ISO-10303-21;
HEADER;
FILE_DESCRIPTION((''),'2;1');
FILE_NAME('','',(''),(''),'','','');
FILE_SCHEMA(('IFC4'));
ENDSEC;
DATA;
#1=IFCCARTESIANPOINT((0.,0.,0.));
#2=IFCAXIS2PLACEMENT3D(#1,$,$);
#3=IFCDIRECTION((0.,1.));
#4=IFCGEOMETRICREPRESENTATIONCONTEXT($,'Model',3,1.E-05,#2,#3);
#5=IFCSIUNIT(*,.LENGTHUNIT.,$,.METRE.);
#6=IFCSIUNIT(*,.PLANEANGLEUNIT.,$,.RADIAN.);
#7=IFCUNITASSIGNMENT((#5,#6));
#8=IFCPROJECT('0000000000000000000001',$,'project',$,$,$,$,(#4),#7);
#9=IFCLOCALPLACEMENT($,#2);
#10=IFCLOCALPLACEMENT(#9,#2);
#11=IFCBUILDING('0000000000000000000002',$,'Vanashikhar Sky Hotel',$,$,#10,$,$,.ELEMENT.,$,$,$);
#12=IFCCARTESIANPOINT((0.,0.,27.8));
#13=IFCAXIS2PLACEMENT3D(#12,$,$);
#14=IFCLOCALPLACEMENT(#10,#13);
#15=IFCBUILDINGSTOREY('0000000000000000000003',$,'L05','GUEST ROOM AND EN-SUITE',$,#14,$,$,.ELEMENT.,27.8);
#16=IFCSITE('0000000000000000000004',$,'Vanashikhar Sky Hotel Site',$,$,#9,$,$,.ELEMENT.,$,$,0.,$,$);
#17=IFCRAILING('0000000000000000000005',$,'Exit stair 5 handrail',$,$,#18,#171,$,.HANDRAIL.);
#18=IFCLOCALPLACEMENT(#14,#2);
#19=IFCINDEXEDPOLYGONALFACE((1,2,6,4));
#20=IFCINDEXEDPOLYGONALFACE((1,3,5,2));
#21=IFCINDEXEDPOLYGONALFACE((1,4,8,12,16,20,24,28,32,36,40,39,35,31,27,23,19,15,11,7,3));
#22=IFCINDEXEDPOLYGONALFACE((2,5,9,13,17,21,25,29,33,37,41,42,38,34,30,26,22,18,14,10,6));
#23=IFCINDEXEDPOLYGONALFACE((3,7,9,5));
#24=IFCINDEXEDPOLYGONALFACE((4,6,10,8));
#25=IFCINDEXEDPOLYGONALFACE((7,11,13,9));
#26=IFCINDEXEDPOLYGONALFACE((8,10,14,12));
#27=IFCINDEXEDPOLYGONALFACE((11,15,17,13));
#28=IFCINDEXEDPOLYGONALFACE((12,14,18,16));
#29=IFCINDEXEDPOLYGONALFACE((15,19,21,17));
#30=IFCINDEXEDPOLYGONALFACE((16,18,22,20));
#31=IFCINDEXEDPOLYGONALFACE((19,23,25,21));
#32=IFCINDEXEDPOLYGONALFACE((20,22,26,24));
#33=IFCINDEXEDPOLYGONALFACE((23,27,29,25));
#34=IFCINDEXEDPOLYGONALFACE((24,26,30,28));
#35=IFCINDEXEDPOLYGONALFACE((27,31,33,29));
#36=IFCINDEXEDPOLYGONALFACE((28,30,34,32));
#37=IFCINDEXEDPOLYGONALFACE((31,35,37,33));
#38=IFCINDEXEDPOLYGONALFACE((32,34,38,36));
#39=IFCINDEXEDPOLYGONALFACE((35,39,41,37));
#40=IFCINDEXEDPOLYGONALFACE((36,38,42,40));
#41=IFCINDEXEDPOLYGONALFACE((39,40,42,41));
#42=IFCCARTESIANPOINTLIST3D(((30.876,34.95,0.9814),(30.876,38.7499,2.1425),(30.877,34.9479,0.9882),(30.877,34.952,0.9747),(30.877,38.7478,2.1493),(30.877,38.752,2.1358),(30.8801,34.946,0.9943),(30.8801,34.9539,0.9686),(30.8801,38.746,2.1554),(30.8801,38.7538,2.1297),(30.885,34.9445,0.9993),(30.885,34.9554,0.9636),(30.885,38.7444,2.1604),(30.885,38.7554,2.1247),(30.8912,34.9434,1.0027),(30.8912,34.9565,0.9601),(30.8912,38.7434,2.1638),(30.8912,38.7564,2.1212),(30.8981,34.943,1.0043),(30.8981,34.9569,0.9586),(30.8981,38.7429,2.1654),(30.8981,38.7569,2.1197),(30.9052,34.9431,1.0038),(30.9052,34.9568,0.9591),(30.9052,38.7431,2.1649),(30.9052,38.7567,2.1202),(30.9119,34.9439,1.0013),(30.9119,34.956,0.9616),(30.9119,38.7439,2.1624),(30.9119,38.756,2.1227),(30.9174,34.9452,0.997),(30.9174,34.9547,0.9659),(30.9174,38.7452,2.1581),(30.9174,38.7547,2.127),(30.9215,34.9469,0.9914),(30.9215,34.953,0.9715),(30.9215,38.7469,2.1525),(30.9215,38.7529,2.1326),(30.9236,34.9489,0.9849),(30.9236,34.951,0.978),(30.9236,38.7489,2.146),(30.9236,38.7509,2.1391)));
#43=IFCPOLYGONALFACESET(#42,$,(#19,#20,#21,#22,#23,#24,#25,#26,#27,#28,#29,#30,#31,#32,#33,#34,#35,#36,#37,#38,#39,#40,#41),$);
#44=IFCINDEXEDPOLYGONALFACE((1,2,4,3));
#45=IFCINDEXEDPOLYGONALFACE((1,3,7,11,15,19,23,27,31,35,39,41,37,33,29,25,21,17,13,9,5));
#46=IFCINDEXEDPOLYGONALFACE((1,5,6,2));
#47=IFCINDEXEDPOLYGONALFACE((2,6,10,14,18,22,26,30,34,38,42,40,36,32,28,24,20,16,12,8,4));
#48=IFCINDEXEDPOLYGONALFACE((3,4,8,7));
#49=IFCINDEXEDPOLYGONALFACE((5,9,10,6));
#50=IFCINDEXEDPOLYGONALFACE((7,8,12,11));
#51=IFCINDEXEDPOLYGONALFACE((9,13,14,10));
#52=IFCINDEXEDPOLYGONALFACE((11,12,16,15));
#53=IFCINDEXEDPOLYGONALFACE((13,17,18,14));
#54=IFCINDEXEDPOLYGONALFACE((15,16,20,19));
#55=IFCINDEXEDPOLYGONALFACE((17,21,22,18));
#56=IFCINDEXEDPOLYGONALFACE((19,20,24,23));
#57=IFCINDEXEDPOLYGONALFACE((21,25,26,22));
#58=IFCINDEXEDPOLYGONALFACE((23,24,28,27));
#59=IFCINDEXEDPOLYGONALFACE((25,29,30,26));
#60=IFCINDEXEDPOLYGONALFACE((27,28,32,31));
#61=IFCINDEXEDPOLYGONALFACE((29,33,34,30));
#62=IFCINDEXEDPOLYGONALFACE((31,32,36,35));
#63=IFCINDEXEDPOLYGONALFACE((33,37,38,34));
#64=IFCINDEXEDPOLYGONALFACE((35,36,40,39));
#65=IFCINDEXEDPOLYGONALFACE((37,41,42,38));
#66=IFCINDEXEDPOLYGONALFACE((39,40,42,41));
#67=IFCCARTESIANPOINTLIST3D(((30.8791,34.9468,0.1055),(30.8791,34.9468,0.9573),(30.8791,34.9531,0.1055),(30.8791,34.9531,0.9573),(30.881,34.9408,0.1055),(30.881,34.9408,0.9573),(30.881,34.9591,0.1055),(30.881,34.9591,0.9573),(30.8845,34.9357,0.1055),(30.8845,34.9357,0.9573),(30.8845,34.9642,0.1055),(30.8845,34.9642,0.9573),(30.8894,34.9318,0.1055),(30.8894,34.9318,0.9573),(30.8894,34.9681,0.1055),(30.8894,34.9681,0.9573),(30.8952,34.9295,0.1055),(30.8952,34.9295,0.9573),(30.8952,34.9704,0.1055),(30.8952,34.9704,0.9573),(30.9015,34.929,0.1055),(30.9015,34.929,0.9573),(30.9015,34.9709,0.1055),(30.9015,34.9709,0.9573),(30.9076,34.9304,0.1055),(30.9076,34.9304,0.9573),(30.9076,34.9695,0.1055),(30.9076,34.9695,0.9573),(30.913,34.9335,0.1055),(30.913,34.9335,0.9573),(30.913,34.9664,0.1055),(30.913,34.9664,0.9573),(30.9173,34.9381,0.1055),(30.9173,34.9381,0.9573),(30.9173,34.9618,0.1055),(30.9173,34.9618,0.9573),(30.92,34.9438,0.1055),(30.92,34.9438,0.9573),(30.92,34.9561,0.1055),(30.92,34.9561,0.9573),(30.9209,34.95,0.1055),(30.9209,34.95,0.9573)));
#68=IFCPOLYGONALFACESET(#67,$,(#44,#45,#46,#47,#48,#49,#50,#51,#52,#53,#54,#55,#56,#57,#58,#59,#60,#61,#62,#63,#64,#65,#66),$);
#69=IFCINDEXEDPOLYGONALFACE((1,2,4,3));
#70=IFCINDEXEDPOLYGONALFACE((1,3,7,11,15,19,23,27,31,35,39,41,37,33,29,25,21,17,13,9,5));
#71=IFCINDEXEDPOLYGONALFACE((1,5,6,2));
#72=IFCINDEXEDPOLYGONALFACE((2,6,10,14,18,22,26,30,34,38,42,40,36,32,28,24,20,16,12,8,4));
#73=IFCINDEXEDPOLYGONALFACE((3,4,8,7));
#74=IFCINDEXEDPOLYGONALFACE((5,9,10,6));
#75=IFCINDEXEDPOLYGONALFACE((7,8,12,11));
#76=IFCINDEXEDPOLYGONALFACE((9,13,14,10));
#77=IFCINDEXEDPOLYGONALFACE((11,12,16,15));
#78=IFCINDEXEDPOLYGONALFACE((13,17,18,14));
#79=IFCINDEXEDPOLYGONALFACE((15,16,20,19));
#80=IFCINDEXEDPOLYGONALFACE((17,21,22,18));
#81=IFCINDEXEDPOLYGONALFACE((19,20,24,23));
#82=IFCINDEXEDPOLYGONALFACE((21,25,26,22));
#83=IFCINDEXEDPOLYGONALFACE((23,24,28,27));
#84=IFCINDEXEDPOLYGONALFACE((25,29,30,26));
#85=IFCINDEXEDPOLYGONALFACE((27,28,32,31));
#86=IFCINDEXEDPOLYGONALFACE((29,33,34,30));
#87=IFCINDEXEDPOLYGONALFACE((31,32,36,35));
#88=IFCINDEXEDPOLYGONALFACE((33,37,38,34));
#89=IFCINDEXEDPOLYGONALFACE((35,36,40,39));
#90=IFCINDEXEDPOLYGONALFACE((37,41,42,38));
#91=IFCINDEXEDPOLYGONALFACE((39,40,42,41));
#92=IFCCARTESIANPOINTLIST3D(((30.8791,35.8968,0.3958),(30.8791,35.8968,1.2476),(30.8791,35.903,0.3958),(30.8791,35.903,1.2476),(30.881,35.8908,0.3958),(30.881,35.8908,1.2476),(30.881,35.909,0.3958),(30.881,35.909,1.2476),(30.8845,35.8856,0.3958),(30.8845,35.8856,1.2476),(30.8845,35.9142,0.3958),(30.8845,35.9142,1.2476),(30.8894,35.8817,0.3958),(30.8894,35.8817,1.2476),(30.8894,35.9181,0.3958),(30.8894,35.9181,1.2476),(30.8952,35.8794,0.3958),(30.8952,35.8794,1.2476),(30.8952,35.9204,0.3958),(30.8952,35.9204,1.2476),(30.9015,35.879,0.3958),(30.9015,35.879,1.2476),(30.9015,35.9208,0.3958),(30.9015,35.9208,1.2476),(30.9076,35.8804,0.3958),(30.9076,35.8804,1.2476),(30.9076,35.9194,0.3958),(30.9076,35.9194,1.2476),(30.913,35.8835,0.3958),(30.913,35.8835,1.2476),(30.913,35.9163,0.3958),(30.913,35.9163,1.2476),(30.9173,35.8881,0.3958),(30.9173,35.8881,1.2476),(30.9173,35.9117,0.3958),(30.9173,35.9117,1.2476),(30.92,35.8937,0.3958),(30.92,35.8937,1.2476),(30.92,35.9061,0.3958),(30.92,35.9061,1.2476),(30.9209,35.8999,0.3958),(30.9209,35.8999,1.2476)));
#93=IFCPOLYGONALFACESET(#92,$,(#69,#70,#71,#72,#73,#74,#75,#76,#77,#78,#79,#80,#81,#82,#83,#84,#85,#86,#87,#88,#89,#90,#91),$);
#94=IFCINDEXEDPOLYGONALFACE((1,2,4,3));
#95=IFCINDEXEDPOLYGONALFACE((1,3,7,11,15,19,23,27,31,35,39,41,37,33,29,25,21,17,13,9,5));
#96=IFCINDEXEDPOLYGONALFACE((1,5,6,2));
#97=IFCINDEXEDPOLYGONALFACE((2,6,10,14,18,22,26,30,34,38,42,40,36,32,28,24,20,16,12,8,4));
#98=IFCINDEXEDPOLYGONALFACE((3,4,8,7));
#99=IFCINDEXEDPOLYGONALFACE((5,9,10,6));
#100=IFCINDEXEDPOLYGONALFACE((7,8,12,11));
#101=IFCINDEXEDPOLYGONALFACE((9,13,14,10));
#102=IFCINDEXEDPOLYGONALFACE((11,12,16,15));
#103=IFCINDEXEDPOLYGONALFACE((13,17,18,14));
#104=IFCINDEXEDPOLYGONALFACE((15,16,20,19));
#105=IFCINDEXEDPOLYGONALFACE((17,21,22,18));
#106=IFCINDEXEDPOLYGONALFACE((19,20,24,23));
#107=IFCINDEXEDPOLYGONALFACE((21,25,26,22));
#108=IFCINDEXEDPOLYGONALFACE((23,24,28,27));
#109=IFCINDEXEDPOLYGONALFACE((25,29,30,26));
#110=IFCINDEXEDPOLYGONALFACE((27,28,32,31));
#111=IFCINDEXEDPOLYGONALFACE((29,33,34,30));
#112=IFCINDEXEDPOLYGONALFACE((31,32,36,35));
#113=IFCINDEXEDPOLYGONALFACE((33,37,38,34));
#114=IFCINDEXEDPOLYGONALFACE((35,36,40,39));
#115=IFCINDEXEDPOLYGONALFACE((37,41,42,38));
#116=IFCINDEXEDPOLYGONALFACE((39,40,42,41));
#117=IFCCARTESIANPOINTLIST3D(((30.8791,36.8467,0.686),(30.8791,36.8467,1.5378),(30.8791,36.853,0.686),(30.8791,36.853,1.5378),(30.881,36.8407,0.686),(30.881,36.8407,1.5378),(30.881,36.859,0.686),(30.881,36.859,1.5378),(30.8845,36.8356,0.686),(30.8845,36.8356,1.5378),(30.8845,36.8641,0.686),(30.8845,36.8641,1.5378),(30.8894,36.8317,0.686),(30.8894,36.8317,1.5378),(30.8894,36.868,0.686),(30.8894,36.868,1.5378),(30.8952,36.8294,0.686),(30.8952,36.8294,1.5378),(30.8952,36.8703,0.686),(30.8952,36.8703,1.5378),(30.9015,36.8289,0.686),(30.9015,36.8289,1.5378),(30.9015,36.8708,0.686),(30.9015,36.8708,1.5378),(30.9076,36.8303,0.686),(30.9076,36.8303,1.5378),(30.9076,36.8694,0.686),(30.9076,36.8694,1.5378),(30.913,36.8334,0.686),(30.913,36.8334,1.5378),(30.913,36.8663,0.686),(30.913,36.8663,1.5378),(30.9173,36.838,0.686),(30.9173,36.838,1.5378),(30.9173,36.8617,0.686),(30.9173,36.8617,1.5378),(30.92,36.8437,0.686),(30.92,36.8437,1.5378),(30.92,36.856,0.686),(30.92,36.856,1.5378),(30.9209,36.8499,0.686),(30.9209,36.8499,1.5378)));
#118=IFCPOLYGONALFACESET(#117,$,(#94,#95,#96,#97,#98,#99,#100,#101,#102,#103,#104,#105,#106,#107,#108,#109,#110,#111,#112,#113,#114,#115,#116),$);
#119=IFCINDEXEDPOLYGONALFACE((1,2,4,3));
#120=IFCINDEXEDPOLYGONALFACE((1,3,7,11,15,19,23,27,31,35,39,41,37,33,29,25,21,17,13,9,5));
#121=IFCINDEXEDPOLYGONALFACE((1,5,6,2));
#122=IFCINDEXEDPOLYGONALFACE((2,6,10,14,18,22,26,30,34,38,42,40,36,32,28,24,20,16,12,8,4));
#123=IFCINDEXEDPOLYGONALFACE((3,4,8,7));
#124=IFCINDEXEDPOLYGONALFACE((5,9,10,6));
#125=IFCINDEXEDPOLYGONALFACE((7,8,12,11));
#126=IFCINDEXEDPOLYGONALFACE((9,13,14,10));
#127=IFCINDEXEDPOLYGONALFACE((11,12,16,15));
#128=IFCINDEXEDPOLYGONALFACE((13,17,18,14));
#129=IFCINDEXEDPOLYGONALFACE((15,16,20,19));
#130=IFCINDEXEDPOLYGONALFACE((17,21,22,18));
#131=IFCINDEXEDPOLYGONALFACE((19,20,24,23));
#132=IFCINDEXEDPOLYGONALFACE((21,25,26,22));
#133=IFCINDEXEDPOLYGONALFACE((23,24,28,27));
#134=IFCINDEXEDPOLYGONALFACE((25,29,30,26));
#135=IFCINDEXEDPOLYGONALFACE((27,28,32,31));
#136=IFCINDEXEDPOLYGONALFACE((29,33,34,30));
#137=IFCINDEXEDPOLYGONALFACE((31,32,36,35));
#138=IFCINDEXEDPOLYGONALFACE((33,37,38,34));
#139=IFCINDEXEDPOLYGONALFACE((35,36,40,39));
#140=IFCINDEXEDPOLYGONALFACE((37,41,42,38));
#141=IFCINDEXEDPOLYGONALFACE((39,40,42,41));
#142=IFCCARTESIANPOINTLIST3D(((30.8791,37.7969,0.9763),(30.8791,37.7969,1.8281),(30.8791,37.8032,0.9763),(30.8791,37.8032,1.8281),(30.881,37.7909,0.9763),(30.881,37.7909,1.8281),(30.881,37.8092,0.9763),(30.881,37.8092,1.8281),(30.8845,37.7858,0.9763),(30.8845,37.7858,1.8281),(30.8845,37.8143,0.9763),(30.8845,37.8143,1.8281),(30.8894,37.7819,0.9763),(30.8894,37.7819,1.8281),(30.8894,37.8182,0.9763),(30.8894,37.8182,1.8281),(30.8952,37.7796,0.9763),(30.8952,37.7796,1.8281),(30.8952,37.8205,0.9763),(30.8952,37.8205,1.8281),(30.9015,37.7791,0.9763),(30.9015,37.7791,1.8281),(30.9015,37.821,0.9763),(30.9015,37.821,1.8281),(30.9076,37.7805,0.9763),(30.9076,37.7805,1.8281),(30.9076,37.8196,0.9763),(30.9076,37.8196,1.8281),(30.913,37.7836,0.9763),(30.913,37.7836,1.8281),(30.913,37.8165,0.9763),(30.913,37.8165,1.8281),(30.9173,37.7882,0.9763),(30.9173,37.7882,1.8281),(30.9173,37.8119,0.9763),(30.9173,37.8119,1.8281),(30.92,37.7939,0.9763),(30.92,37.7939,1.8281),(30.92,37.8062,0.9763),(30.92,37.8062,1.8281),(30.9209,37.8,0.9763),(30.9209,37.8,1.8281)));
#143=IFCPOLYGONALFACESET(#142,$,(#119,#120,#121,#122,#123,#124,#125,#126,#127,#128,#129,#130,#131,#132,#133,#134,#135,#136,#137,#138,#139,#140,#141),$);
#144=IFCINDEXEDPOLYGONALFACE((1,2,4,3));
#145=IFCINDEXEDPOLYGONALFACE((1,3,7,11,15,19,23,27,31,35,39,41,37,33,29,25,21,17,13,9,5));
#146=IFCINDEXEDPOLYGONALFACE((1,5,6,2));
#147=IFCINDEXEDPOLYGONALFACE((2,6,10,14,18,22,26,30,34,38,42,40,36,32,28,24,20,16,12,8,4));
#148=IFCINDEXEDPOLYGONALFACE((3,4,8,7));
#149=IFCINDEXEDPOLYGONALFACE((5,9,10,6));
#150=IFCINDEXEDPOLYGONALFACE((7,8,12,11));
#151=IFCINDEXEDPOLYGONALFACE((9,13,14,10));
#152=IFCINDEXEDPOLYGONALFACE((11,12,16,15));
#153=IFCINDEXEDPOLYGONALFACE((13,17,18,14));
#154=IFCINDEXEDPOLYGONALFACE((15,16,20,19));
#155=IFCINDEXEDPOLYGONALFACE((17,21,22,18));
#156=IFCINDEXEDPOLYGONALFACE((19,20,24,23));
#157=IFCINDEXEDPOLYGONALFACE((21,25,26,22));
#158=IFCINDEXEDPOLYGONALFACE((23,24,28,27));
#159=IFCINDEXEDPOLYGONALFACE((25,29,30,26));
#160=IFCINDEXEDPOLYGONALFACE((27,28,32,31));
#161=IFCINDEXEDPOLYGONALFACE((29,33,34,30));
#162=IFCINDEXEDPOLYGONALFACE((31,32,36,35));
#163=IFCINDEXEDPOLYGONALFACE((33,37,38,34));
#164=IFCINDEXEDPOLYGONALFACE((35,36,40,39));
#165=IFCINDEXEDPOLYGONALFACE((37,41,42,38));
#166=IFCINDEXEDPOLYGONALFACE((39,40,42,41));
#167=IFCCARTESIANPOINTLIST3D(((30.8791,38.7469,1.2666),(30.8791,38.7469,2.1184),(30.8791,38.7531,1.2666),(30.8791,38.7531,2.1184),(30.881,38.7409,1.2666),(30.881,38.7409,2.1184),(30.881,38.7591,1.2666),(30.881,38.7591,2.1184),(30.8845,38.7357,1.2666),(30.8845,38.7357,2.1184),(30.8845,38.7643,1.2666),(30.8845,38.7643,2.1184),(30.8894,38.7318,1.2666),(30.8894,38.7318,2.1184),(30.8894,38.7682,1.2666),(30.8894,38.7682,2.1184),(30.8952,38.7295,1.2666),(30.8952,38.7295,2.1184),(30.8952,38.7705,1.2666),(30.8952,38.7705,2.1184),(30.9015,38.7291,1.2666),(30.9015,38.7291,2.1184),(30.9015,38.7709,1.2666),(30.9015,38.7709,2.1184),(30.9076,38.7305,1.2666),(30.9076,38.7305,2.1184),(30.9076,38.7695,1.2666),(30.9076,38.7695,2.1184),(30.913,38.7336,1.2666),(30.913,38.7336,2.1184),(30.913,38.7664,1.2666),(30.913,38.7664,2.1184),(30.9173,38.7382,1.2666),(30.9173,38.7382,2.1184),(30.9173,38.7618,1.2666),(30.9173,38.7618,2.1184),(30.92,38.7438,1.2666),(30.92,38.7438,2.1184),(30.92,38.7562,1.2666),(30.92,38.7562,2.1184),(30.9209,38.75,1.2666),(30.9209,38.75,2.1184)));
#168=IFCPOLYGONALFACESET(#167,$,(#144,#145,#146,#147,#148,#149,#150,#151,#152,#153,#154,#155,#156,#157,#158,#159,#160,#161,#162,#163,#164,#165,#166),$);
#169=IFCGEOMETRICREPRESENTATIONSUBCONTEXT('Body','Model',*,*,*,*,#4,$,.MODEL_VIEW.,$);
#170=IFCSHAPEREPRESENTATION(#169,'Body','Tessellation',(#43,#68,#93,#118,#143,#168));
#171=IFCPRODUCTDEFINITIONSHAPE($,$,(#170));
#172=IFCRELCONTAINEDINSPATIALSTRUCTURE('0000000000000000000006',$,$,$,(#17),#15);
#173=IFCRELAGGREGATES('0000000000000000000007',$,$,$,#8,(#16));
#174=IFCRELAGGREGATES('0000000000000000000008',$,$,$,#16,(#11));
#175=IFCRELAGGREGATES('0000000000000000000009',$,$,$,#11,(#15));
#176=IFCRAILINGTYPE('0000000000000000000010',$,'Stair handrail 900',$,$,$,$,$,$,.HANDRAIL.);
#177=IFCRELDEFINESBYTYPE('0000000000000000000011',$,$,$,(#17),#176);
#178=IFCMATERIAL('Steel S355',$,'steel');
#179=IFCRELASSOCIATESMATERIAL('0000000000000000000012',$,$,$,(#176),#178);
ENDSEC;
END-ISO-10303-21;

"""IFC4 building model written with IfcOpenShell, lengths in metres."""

from ifc_helpers import new_model, si_unit, direction, frame, origin, origin_2d, place, context, subcontext, project, spatial, circle, extrude, source, transform, mapped, material, type_object, element, save


model = new_model("IFC4")

# Units and contexts
model_context = context("Model", 3, precision=1e-05, world=origin(), true_north=direction((0.0, 1.0)))
body_context = subcontext(model_context, "Body", "Model", "MODEL_VIEW")
ifc_project = project(units=[si_unit("LENGTHUNIT", "METRE"), si_unit("PLANEANGLEUNIT", "RADIAN")], contexts=[model_context])

# Site, building, storey
site_placement = place(None, origin())
site = spatial("IfcSite", under=ifc_project, at=site_placement, Name="Vanashikhar Sky Hotel Site", CompositionType="ELEMENT", RefElevation=0.0)
building_placement = place(site_placement, origin())
building = spatial("IfcBuilding", under=site, at=building_placement, Name="Vanashikhar Sky Hotel", CompositionType="ELEMENT")
storey_placement = place(building_placement, frame((0.0, 0.0, 27.8)))
storey = spatial("IfcBuildingStorey", under=building, at=storey_placement, Name="L05", Description="GUEST ROOM AND EN-SUITE", CompositionType="ELEMENT", Elevation=27.8)

# Railing
ifc_material_1 = material(Name="Steel S355", Category="steel")
railing_type_1 = type_object("IfcRailingType", Name="Stair handrail 900", PredefinedType="HANDRAIL", material=ifc_material_1)
shared_shape_1 = source(origin(), body_context, "Body", "SweptSolid", [
    extrude(circle(Radius=0.0239, at=origin_2d()), frame((0.0, 0.0, 0.876), z_axis=(0.0, 0.956351, 0.29222), x_axis=(-1.0, 0.0, 0.0)), (0.0, 0.0, 1.0), 3.9734),
    extrude(circle(Radius=0.021, at=origin_2d()), origin(), (0.0, 0.0, 1.0), 0.8518),
    extrude(circle(Radius=0.021, at=origin_2d()), frame((0.0, 0.95, 0.2903)), (0.0, 0.0, 1.0), 0.8518),
    extrude(circle(Radius=0.021, at=origin_2d()), frame((0.0, 1.8999, 0.5806)), (0.0, 0.0, 1.0), 0.8518),
    extrude(circle(Radius=0.021, at=origin_2d()), frame((0.0, 2.8501, 0.8708)), (0.0, 0.0, 1.0), 0.8518),
    extrude(circle(Radius=0.021, at=origin_2d()), frame((0.0, 3.8, 1.1611)), (0.0, 0.0, 1.0), 0.8518),
])
for number, where, name in (
    (1, (30.8999, 34.95, 0.1055), "Exit stair 5 handrail"),
):
    element("IfcRailing", number, at=place(storey_placement, frame(where)), inside=storey, type_object=railing_type_1, Name=name, PredefinedType="HANDRAIL", context=body_context, shape_type="MappedRepresentation", body=[
        mapped(shared_shape_1, transform((0.0, 0.0, 0.0), scale=1.0)),
    ])

save(model, "model.ifc")
